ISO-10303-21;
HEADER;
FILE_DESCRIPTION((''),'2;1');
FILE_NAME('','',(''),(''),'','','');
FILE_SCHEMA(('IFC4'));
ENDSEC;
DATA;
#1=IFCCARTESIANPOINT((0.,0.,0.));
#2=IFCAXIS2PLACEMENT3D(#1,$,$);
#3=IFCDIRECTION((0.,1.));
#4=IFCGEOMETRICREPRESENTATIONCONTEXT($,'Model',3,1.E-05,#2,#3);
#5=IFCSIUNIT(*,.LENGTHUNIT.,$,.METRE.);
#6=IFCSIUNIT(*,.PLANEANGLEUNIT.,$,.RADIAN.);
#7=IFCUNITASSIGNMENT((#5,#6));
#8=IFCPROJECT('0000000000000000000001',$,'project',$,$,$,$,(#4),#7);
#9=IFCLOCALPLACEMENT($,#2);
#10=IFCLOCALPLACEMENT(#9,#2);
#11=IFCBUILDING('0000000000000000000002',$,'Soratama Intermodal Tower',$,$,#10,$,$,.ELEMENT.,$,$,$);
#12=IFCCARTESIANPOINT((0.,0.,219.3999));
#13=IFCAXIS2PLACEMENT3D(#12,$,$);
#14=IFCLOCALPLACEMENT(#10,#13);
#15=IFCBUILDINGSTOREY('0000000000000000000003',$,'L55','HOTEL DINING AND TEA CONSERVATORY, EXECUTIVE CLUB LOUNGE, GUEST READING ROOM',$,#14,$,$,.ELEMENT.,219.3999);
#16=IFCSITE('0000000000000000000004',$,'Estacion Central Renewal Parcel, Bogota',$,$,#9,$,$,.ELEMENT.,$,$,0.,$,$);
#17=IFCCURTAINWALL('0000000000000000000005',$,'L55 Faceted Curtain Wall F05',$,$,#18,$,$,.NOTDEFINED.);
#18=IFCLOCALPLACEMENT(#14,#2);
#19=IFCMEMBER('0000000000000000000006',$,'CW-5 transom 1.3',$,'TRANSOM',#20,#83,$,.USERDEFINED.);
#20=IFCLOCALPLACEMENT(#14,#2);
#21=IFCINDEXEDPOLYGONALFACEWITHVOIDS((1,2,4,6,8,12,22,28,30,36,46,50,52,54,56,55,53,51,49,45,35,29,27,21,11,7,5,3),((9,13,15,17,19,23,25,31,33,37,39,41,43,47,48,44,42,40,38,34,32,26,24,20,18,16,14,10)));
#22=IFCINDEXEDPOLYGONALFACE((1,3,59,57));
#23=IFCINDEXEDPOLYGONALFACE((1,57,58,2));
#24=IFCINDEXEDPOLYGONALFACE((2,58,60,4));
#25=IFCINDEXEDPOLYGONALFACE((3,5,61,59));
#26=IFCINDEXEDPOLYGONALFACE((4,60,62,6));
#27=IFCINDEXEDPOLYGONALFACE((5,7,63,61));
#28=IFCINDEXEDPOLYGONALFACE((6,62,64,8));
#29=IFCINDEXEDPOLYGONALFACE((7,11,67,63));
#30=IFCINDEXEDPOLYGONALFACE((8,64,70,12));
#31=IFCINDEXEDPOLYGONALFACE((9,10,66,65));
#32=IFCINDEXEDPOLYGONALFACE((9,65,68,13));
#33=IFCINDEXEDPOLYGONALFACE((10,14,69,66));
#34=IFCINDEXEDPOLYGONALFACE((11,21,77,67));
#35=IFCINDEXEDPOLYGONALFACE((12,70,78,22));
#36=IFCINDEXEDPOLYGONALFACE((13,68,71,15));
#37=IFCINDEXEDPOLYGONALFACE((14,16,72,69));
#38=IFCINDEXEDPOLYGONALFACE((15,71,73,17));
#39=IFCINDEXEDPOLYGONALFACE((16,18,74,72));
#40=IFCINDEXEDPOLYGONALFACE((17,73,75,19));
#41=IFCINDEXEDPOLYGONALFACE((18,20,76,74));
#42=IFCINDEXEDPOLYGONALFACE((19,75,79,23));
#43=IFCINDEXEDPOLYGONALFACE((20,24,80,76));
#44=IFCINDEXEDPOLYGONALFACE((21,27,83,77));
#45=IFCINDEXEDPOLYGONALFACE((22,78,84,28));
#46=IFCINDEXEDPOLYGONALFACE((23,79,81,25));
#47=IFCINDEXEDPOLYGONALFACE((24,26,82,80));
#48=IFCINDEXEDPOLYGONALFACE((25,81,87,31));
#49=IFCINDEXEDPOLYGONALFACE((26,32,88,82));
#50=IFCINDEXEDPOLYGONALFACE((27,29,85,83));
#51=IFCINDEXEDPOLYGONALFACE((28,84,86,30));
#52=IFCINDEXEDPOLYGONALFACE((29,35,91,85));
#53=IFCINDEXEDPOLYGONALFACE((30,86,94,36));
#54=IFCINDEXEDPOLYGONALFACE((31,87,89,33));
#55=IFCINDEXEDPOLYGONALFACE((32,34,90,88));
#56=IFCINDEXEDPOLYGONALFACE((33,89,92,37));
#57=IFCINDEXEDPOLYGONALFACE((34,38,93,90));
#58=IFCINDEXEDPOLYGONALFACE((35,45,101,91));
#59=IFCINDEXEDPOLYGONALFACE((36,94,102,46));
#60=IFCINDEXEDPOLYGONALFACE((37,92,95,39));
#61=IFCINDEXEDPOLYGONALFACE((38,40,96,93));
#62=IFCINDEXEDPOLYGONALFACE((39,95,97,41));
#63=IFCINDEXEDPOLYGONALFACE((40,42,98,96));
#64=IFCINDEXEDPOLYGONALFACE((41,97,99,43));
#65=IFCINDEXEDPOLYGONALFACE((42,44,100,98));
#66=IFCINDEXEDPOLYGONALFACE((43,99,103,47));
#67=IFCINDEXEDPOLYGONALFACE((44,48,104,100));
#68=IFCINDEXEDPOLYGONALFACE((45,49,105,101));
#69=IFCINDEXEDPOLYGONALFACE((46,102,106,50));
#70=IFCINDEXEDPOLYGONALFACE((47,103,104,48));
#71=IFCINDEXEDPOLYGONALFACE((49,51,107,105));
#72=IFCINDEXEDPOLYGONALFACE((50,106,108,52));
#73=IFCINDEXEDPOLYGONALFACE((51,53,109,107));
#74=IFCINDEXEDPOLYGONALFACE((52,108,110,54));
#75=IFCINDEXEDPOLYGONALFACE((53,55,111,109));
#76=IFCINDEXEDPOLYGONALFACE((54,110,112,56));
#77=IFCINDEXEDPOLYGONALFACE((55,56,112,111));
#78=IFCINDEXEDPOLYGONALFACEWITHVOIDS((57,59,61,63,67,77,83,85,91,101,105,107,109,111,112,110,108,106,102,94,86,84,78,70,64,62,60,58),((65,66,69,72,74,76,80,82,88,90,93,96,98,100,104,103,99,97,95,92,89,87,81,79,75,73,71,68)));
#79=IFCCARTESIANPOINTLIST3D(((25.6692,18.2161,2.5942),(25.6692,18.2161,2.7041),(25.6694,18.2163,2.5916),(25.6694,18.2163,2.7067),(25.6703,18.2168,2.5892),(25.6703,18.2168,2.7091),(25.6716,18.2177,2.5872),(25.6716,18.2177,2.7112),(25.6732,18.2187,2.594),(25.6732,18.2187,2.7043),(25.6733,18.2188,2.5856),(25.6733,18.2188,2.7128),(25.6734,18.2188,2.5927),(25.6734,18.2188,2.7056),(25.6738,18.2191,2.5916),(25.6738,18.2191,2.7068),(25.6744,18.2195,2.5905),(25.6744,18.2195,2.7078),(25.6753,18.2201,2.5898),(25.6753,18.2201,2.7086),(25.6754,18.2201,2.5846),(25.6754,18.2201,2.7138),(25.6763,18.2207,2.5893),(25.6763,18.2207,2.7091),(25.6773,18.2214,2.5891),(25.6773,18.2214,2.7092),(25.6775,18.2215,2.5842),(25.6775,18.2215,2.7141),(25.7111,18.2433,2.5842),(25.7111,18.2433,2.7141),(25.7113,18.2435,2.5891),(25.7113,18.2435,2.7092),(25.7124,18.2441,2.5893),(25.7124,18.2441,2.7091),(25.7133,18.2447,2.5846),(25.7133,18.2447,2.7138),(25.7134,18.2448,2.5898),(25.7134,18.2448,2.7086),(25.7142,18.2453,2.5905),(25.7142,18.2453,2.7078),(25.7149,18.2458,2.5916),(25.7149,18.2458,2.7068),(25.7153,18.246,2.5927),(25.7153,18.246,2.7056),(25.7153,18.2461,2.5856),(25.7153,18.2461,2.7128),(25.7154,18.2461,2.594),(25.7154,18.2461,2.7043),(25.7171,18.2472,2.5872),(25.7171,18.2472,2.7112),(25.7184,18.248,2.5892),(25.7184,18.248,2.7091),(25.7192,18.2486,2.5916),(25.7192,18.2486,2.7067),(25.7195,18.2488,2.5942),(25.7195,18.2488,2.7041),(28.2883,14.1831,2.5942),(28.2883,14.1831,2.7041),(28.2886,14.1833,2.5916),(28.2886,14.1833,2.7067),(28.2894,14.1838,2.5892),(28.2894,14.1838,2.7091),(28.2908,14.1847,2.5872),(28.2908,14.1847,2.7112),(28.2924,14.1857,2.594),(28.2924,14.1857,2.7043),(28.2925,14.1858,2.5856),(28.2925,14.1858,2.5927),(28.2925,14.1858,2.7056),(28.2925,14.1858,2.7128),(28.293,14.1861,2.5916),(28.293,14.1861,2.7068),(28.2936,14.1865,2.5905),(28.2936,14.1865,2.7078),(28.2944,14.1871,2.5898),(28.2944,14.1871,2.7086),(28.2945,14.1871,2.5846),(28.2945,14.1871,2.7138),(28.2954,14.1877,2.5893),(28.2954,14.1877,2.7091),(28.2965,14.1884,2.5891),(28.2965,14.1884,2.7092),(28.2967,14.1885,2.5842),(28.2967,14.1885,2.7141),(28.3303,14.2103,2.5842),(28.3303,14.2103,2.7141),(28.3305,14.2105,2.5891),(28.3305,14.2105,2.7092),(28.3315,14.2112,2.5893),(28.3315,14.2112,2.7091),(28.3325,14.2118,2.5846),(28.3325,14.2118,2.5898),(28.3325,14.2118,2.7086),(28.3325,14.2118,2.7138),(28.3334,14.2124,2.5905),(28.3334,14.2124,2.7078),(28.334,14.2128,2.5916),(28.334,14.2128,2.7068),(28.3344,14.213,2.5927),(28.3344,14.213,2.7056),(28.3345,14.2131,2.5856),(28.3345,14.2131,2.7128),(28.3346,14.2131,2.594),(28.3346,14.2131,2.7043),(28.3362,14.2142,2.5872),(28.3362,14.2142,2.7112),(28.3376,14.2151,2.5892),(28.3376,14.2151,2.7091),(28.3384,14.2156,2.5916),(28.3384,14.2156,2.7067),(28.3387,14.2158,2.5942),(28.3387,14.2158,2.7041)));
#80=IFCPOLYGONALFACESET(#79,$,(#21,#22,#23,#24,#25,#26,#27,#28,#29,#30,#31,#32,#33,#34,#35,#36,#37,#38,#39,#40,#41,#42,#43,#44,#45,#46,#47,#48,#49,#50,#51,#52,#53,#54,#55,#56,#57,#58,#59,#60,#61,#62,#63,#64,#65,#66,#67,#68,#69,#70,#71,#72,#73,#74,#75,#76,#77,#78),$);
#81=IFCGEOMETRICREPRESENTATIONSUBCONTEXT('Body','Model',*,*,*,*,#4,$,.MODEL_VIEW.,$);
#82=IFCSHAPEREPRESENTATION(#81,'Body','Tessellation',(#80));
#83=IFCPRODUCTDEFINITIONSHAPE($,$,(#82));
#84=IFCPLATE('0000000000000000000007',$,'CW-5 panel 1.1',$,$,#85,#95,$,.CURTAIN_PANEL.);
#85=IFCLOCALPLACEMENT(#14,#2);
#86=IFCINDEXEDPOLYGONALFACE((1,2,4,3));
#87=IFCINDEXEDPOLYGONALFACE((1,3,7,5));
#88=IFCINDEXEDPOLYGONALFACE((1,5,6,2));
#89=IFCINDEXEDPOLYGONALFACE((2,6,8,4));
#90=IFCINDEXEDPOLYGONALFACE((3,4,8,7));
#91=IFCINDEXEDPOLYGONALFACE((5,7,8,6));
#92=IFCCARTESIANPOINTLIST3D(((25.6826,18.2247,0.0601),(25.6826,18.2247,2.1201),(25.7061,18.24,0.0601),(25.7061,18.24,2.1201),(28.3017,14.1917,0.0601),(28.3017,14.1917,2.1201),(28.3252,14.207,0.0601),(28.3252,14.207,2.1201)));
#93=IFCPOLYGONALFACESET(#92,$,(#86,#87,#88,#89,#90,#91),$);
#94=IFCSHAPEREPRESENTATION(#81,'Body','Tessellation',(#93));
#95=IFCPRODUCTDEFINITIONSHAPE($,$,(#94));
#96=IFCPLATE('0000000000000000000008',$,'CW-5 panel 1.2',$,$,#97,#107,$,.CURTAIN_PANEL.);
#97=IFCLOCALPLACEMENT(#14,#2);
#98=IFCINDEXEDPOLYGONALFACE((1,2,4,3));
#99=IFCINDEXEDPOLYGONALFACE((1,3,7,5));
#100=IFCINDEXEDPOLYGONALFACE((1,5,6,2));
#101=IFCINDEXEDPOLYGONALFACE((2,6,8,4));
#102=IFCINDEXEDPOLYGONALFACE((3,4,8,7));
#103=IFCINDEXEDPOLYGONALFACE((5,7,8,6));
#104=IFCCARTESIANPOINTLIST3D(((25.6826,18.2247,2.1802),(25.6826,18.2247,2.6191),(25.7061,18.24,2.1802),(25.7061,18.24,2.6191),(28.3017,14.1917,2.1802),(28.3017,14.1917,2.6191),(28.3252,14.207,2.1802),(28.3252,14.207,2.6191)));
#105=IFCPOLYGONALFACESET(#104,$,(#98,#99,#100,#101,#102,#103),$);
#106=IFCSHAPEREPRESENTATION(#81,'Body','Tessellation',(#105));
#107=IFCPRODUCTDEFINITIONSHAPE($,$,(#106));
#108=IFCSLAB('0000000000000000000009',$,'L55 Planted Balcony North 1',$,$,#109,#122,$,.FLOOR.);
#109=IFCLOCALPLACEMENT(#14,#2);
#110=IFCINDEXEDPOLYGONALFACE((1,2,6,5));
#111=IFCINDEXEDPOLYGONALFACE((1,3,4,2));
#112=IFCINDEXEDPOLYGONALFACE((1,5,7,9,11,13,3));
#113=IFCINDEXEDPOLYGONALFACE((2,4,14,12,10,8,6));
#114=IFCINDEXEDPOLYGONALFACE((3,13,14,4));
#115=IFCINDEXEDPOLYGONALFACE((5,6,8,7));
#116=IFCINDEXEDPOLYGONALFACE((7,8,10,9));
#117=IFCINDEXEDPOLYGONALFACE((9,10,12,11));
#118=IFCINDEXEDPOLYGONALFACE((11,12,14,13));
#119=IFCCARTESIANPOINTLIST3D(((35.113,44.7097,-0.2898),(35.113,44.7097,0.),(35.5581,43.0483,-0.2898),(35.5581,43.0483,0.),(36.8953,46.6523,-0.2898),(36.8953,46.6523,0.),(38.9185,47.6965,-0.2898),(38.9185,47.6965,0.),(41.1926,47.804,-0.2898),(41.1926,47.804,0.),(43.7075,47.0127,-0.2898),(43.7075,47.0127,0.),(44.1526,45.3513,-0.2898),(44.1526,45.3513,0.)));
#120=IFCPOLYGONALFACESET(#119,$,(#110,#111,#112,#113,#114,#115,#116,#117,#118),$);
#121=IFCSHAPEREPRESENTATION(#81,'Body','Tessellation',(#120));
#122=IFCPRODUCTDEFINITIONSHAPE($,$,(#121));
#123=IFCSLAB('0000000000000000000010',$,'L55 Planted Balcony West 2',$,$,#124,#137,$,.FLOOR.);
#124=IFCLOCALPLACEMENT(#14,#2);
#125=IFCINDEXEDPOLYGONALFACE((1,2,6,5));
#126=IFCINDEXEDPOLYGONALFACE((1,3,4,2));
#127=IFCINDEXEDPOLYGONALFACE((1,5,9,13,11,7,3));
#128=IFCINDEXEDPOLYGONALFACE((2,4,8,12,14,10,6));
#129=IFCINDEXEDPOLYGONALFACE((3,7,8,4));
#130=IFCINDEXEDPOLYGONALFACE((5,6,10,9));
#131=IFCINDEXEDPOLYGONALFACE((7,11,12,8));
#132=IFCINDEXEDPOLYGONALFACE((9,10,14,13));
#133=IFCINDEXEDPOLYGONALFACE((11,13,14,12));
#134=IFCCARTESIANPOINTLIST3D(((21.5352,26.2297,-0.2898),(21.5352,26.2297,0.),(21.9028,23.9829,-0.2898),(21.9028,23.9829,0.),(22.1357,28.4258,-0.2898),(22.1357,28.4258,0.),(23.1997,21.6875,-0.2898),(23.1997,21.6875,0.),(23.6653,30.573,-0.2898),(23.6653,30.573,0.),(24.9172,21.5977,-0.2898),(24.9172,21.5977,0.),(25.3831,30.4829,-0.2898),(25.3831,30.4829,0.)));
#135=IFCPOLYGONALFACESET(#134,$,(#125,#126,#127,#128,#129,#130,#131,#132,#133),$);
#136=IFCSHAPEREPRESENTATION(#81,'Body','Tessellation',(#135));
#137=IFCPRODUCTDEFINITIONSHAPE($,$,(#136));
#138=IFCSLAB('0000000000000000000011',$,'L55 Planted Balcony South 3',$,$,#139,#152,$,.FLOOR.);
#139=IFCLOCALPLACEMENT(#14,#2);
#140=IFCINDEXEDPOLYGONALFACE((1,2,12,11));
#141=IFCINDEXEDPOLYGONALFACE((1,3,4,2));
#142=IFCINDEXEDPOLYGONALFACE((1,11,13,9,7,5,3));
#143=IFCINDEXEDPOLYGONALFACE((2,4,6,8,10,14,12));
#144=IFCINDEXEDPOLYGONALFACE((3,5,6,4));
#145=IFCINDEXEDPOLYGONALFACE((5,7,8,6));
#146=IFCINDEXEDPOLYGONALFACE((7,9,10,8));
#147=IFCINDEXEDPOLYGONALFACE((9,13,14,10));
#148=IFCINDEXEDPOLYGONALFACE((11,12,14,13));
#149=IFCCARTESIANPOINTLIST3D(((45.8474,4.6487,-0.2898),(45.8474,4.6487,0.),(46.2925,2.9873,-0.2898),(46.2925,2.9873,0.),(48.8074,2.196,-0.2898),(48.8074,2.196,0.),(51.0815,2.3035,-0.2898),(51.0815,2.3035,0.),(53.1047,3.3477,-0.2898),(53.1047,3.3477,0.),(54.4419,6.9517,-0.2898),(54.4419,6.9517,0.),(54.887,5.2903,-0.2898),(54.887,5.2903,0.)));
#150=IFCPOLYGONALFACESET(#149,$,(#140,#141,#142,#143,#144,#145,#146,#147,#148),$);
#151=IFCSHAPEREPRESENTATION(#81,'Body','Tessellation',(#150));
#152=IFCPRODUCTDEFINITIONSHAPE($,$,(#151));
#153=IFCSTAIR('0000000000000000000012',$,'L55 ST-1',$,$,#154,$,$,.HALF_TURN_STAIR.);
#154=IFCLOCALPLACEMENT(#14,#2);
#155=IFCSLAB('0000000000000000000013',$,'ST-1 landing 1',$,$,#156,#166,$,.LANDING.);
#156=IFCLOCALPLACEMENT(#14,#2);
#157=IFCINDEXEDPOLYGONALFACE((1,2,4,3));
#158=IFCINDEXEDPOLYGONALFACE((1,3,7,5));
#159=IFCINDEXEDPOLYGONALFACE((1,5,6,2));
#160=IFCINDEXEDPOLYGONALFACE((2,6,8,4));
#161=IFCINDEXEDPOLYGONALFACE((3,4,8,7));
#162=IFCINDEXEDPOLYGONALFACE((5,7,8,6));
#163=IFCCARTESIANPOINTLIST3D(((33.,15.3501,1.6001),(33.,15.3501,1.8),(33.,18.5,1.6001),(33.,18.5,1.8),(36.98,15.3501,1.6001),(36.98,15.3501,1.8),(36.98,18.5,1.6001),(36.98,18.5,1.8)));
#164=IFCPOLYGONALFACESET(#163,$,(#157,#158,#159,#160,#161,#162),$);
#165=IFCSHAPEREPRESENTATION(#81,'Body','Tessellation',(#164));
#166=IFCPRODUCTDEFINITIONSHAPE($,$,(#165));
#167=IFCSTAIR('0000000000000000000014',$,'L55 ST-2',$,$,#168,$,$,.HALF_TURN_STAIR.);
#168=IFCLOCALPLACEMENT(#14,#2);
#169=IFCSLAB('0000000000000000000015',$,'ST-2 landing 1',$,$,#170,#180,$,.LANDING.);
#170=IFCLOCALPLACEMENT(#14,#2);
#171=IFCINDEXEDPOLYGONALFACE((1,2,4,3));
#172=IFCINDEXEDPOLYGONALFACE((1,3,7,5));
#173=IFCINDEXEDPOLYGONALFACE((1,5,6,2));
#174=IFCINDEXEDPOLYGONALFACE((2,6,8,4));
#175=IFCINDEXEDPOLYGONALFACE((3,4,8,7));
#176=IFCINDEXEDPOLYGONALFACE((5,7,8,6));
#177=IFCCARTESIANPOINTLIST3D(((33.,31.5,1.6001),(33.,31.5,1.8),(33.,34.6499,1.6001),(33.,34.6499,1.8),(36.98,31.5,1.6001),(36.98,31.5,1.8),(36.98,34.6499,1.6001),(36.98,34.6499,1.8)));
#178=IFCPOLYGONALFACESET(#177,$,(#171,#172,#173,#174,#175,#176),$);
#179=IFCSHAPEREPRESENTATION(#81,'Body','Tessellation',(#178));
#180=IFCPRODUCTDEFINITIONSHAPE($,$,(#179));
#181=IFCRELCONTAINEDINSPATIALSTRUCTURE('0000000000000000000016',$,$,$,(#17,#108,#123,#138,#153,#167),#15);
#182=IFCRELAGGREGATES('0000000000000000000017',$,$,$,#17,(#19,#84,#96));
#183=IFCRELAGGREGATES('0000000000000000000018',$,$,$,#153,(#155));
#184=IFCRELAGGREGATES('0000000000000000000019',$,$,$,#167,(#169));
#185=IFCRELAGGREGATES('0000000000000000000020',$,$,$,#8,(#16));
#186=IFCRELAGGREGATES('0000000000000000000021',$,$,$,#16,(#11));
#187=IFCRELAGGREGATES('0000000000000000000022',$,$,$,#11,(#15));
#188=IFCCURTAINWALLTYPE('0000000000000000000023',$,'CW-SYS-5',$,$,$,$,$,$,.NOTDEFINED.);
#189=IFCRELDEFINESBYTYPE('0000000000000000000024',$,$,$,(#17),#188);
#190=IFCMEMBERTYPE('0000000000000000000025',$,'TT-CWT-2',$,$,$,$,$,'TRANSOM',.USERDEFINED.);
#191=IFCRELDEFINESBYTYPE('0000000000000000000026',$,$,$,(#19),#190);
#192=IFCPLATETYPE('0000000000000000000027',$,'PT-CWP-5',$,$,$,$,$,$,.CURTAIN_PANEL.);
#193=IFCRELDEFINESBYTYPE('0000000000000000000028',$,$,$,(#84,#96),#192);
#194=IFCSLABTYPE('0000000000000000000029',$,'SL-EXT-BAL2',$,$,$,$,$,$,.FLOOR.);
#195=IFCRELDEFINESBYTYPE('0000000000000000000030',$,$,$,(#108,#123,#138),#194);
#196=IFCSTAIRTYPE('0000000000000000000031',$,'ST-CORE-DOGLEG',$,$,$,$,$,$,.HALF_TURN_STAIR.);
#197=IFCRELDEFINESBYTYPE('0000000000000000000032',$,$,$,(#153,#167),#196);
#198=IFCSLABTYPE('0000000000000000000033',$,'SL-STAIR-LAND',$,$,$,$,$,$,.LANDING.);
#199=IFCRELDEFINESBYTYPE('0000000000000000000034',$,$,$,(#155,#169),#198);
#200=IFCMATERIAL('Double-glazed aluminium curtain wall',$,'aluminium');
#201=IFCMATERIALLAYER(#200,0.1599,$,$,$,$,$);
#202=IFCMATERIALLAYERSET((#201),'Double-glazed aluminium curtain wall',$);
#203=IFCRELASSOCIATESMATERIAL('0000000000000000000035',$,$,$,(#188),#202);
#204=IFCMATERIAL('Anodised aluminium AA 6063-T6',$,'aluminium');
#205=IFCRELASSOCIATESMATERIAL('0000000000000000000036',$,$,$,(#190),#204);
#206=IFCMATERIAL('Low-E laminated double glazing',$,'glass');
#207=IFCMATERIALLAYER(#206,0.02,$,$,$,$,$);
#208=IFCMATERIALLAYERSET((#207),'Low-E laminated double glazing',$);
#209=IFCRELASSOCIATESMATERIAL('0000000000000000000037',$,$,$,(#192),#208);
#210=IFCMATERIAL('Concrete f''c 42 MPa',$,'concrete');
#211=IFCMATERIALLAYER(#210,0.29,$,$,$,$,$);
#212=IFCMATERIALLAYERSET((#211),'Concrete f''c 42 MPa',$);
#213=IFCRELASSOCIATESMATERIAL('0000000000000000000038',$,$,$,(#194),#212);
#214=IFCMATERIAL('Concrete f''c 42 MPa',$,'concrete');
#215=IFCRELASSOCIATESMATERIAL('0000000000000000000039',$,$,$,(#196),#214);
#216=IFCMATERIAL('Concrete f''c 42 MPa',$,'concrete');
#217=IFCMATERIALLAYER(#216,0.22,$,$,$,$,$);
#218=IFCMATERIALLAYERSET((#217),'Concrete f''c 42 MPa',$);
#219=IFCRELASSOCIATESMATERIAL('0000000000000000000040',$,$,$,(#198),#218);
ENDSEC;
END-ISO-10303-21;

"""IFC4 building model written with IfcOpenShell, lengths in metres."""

from ifc_helpers import new_model, si_unit, direction, frame, origin, origin_2d, place, context, subcontext, project, spatial, polyline, rectangle, hollow_rectangle, outline, extrude, material, layer, layer_set, material_profile, profile_set, type_object, element, aggregate, save


model = new_model("IFC4")

# Units and contexts
model_context = context("Model", 3, precision=1e-05, world=origin(), true_north=direction((0.0, 1.0)))
body_context = subcontext(model_context, "Body", "Model", "MODEL_VIEW")
ifc_project = project(units=[si_unit("LENGTHUNIT", "METRE"), si_unit("PLANEANGLEUNIT", "RADIAN")], contexts=[model_context])

# Site, building, storey
site_placement = place(None, origin())
site = spatial("IfcSite", under=ifc_project, at=site_placement, Name="Estacion Central Renewal Parcel, Bogota", CompositionType="ELEMENT", RefElevation=0.0)
building_placement = place(site_placement, origin())
building = spatial("IfcBuilding", under=site, at=building_placement, Name="Soratama Intermodal Tower", CompositionType="ELEMENT")
storey_placement = place(building_placement, frame((0.0, 0.0, 219.3999)))
storey = spatial("IfcBuildingStorey", under=building, at=storey_placement, Name="L55", Description="HOTEL DINING AND TEA CONSERVATORY, EXECUTIVE CLUB LOUNGE, GUEST READING ROOM", CompositionType="ELEMENT", Elevation=219.3999)

# Curtain wall, member, plates
ifc_material_1 = material(Name="Double-glazed aluminium curtain wall", Category="aluminium")
ifc_layer_1 = layer(ifc_material_1, 0.1599)
ifc_layer_set_1 = layer_set([ifc_layer_1], Name="Double-glazed aluminium curtain wall")
curtain_wall_type = type_object("IfcCurtainWallType", Name="CW-SYS-5", PredefinedType="NOTDEFINED", material=ifc_layer_set_1)
curtain_wall_placement = place(storey_placement, origin())
curtain_wall = element("IfcCurtainWall", 1, at=curtain_wall_placement, inside=storey, type_object=curtain_wall_type, Name="L55 Faceted Curtain Wall F05", PredefinedType="NOTDEFINED")
ifc_material_2 = material(Name="Anodised aluminium AA 6063-T6", Category="aluminium")
ifc_material_profile_1 = material_profile(ifc_material_2, hollow_rectangle(XDim=0.0601, YDim=0.1299, WallThickness=0.0049, InnerFilletRadius=0.0049, OuterFilletRadius=0.01, at=origin_2d()), Name="CWT130X60X5")
ifc_profile_set_1 = profile_set([ifc_material_profile_1], Name="Anodised aluminium AA 6063-T6")
member_type_1 = type_object("IfcMemberType", Name="TT-CWT-2", ElementType="TRANSOM", PredefinedType="USERDEFINED", material=ifc_profile_set_1)
member_1_placement = place(storey_placement, frame((25.6943, 18.2324, 2.6492), z_axis=(0.544655, -0.83866, 0.0), x_axis=(0.83866, 0.544655, 0.0)))
member_1 = element("IfcMember", 2, at=member_1_placement, type_object=member_type_1, Name="CW-5 transom 1.3", ObjectType="TRANSOM", PredefinedType="USERDEFINED", context=body_context, shape_type="SweptSolid", body=[
    extrude(hollow_rectangle(XDim=0.0601, YDim=0.1299, WallThickness=0.0049, InnerFilletRadius=0.0049, OuterFilletRadius=0.01, at=origin_2d()), origin(), (0.0, 0.0, 1.0), 4.8088),
])
ifc_material_3 = material(Name="Low-E laminated double glazing", Category="glass")
ifc_layer_2 = layer(ifc_material_3, 0.02)
ifc_layer_set_2 = layer_set([ifc_layer_2], Name="Low-E laminated double glazing")
plate_type = type_object("IfcPlateType", Name="PT-CWP-5", PredefinedType="CURTAIN_PANEL", material=ifc_layer_set_2)
plate_1_placement = place(storey_placement, frame((27.0039, 16.2158, 0.0601), z_axis=(0.0, 0.0, 1.0), x_axis=(0.54464, -0.83867, 0.0)))
plate_1 = element("IfcPlate", 3, at=plate_1_placement, type_object=plate_type, Name="CW-5 panel 1.1", PredefinedType="CURTAIN_PANEL", context=body_context, shape_type="SweptSolid", body=[
    extrude(rectangle(XDim=4.8088, YDim=0.0281, at=origin_2d()), origin(), (0.0, 0.0, 1.0), 2.0601),
])
plate_2_placement = place(storey_placement, frame((27.0039, 16.2158, 2.1802), z_axis=(0.0, 0.0, 1.0), x_axis=(0.54464, -0.83867, 0.0)))
plate_2 = element("IfcPlate", 4, at=plate_2_placement, type_object=plate_type, Name="CW-5 panel 1.2", PredefinedType="CURTAIN_PANEL", context=body_context, shape_type="SweptSolid", body=[
    extrude(rectangle(XDim=4.8088, YDim=0.0281, at=origin_2d()), origin(), (0.0, 0.0, 1.0), 0.439),
])
aggregate(curtain_wall, [member_1, plate_1, plate_2])

# Slabs
ifc_material_4 = material(Name="Concrete f'c 42 MPa", Category="concrete")
ifc_layer_3 = layer(ifc_material_4, 0.29)
ifc_layer_set_3 = layer_set([ifc_layer_3], Name="Concrete f'c 42 MPa")
slab_type_1 = type_object("IfcSlabType", Name="SL-EXT-BAL2", PredefinedType="FLOOR", material=ifc_layer_set_3)
slab_1_placement = place(storey_placement, frame((0.0, 0.0, -0.2898)))
element("IfcSlab", 5, at=slab_1_placement, inside=storey, type_object=slab_type_1, Name="L55 Planted Balcony North 1", PredefinedType="FLOOR", context=body_context, shape_type="SweptSolid", body=[
    extrude(outline(polyline([(44.1526, 45.3513), (35.5581, 43.0483), (35.113, 44.7097), (36.8953, 46.6523), (38.9185, 47.6965), (41.1926, 47.804), (43.7075, 47.0127), (44.1526, 45.3513)])), origin(), (0.0, 0.0, 1.0), 0.2898),
])
slab_2_placement = place(storey_placement, frame((0.0, 0.0, -0.2898)))
element("IfcSlab", 6, at=slab_2_placement, inside=storey, type_object=slab_type_1, Name="L55 Planted Balcony West 2", PredefinedType="FLOOR", context=body_context, shape_type="SweptSolid", body=[
    extrude(outline(polyline([(25.3831, 30.4829), (24.9172, 21.5977), (23.1997, 21.6875), (21.9028, 23.9829), (21.5352, 26.2297), (22.1357, 28.4258), (23.6653, 30.573), (25.3831, 30.4829)])), origin(), (0.0, 0.0, 1.0), 0.2898),
])
slab_3_placement = place(storey_placement, frame((0.0, 0.0, -0.2898)))
element("IfcSlab", 7, at=slab_3_placement, inside=storey, type_object=slab_type_1, Name="L55 Planted Balcony South 3", PredefinedType="FLOOR", context=body_context, shape_type="SweptSolid", body=[
    extrude(outline(polyline([(45.8474, 4.6487), (54.4419, 6.9517), (54.887, 5.2903), (53.1047, 3.3477), (51.0815, 2.3035), (48.8074, 2.196), (46.2925, 2.9873), (45.8474, 4.6487)])), origin(), (0.0, 0.0, 1.0), 0.2898),
])

# Stairs, slabs
ifc_material_5 = material(Name="Concrete f'c 42 MPa", Category="concrete")
stair_type = type_object("IfcStairType", Name="ST-CORE-DOGLEG", PredefinedType="HALF_TURN_STAIR", material=ifc_material_5)
stair_1_placement = place(storey_placement, origin())
stair_1 = element("IfcStair", 8, at=stair_1_placement, inside=storey, type_object=stair_type, Name="L55 ST-1", PredefinedType="HALF_TURN_STAIR")
ifc_material_6 = material(Name="Concrete f'c 42 MPa", Category="concrete")
ifc_layer_4 = layer(ifc_material_6, 0.22)
ifc_layer_set_4 = layer_set([ifc_layer_4], Name="Concrete f'c 42 MPa")
slab_type_2 = type_object("IfcSlabType", Name="SL-STAIR-LAND", PredefinedType="LANDING", material=ifc_layer_set_4)
slab_4_placement = place(storey_placement, frame((0.0, 0.0, 1.6001)))
slab_4 = element("IfcSlab", 9, at=slab_4_placement, type_object=slab_type_2, Name="ST-1 landing 1", PredefinedType="LANDING", context=body_context, shape_type="SweptSolid", body=[
    extrude(outline(polyline([(36.98, 18.5), (33.0, 18.5), (33.0, 15.3501), (36.98, 15.3501), (36.98, 18.5)])), origin(), (0.0, 0.0, 1.0), 0.2),
])
aggregate(stair_1, [slab_4])
stair_2_placement = place(storey_placement, origin())
stair_2 = element("IfcStair", 10, at=stair_2_placement, inside=storey, type_object=stair_type, Name="L55 ST-2", PredefinedType="HALF_TURN_STAIR")
slab_5_placement = place(storey_placement, frame((0.0, 0.0, 1.6001)))
slab_5 = element("IfcSlab", 11, at=slab_5_placement, type_object=slab_type_2, Name="ST-2 landing 1", PredefinedType="LANDING", context=body_context, shape_type="SweptSolid", body=[
    extrude(outline(polyline([(36.98, 34.6499), (33.0, 34.6499), (33.0, 31.5), (36.98, 31.5), (36.98, 34.6499)])), origin(), (0.0, 0.0, 1.0), 0.2),
])
aggregate(stair_2, [slab_5])

save(model, "model.ifc")
